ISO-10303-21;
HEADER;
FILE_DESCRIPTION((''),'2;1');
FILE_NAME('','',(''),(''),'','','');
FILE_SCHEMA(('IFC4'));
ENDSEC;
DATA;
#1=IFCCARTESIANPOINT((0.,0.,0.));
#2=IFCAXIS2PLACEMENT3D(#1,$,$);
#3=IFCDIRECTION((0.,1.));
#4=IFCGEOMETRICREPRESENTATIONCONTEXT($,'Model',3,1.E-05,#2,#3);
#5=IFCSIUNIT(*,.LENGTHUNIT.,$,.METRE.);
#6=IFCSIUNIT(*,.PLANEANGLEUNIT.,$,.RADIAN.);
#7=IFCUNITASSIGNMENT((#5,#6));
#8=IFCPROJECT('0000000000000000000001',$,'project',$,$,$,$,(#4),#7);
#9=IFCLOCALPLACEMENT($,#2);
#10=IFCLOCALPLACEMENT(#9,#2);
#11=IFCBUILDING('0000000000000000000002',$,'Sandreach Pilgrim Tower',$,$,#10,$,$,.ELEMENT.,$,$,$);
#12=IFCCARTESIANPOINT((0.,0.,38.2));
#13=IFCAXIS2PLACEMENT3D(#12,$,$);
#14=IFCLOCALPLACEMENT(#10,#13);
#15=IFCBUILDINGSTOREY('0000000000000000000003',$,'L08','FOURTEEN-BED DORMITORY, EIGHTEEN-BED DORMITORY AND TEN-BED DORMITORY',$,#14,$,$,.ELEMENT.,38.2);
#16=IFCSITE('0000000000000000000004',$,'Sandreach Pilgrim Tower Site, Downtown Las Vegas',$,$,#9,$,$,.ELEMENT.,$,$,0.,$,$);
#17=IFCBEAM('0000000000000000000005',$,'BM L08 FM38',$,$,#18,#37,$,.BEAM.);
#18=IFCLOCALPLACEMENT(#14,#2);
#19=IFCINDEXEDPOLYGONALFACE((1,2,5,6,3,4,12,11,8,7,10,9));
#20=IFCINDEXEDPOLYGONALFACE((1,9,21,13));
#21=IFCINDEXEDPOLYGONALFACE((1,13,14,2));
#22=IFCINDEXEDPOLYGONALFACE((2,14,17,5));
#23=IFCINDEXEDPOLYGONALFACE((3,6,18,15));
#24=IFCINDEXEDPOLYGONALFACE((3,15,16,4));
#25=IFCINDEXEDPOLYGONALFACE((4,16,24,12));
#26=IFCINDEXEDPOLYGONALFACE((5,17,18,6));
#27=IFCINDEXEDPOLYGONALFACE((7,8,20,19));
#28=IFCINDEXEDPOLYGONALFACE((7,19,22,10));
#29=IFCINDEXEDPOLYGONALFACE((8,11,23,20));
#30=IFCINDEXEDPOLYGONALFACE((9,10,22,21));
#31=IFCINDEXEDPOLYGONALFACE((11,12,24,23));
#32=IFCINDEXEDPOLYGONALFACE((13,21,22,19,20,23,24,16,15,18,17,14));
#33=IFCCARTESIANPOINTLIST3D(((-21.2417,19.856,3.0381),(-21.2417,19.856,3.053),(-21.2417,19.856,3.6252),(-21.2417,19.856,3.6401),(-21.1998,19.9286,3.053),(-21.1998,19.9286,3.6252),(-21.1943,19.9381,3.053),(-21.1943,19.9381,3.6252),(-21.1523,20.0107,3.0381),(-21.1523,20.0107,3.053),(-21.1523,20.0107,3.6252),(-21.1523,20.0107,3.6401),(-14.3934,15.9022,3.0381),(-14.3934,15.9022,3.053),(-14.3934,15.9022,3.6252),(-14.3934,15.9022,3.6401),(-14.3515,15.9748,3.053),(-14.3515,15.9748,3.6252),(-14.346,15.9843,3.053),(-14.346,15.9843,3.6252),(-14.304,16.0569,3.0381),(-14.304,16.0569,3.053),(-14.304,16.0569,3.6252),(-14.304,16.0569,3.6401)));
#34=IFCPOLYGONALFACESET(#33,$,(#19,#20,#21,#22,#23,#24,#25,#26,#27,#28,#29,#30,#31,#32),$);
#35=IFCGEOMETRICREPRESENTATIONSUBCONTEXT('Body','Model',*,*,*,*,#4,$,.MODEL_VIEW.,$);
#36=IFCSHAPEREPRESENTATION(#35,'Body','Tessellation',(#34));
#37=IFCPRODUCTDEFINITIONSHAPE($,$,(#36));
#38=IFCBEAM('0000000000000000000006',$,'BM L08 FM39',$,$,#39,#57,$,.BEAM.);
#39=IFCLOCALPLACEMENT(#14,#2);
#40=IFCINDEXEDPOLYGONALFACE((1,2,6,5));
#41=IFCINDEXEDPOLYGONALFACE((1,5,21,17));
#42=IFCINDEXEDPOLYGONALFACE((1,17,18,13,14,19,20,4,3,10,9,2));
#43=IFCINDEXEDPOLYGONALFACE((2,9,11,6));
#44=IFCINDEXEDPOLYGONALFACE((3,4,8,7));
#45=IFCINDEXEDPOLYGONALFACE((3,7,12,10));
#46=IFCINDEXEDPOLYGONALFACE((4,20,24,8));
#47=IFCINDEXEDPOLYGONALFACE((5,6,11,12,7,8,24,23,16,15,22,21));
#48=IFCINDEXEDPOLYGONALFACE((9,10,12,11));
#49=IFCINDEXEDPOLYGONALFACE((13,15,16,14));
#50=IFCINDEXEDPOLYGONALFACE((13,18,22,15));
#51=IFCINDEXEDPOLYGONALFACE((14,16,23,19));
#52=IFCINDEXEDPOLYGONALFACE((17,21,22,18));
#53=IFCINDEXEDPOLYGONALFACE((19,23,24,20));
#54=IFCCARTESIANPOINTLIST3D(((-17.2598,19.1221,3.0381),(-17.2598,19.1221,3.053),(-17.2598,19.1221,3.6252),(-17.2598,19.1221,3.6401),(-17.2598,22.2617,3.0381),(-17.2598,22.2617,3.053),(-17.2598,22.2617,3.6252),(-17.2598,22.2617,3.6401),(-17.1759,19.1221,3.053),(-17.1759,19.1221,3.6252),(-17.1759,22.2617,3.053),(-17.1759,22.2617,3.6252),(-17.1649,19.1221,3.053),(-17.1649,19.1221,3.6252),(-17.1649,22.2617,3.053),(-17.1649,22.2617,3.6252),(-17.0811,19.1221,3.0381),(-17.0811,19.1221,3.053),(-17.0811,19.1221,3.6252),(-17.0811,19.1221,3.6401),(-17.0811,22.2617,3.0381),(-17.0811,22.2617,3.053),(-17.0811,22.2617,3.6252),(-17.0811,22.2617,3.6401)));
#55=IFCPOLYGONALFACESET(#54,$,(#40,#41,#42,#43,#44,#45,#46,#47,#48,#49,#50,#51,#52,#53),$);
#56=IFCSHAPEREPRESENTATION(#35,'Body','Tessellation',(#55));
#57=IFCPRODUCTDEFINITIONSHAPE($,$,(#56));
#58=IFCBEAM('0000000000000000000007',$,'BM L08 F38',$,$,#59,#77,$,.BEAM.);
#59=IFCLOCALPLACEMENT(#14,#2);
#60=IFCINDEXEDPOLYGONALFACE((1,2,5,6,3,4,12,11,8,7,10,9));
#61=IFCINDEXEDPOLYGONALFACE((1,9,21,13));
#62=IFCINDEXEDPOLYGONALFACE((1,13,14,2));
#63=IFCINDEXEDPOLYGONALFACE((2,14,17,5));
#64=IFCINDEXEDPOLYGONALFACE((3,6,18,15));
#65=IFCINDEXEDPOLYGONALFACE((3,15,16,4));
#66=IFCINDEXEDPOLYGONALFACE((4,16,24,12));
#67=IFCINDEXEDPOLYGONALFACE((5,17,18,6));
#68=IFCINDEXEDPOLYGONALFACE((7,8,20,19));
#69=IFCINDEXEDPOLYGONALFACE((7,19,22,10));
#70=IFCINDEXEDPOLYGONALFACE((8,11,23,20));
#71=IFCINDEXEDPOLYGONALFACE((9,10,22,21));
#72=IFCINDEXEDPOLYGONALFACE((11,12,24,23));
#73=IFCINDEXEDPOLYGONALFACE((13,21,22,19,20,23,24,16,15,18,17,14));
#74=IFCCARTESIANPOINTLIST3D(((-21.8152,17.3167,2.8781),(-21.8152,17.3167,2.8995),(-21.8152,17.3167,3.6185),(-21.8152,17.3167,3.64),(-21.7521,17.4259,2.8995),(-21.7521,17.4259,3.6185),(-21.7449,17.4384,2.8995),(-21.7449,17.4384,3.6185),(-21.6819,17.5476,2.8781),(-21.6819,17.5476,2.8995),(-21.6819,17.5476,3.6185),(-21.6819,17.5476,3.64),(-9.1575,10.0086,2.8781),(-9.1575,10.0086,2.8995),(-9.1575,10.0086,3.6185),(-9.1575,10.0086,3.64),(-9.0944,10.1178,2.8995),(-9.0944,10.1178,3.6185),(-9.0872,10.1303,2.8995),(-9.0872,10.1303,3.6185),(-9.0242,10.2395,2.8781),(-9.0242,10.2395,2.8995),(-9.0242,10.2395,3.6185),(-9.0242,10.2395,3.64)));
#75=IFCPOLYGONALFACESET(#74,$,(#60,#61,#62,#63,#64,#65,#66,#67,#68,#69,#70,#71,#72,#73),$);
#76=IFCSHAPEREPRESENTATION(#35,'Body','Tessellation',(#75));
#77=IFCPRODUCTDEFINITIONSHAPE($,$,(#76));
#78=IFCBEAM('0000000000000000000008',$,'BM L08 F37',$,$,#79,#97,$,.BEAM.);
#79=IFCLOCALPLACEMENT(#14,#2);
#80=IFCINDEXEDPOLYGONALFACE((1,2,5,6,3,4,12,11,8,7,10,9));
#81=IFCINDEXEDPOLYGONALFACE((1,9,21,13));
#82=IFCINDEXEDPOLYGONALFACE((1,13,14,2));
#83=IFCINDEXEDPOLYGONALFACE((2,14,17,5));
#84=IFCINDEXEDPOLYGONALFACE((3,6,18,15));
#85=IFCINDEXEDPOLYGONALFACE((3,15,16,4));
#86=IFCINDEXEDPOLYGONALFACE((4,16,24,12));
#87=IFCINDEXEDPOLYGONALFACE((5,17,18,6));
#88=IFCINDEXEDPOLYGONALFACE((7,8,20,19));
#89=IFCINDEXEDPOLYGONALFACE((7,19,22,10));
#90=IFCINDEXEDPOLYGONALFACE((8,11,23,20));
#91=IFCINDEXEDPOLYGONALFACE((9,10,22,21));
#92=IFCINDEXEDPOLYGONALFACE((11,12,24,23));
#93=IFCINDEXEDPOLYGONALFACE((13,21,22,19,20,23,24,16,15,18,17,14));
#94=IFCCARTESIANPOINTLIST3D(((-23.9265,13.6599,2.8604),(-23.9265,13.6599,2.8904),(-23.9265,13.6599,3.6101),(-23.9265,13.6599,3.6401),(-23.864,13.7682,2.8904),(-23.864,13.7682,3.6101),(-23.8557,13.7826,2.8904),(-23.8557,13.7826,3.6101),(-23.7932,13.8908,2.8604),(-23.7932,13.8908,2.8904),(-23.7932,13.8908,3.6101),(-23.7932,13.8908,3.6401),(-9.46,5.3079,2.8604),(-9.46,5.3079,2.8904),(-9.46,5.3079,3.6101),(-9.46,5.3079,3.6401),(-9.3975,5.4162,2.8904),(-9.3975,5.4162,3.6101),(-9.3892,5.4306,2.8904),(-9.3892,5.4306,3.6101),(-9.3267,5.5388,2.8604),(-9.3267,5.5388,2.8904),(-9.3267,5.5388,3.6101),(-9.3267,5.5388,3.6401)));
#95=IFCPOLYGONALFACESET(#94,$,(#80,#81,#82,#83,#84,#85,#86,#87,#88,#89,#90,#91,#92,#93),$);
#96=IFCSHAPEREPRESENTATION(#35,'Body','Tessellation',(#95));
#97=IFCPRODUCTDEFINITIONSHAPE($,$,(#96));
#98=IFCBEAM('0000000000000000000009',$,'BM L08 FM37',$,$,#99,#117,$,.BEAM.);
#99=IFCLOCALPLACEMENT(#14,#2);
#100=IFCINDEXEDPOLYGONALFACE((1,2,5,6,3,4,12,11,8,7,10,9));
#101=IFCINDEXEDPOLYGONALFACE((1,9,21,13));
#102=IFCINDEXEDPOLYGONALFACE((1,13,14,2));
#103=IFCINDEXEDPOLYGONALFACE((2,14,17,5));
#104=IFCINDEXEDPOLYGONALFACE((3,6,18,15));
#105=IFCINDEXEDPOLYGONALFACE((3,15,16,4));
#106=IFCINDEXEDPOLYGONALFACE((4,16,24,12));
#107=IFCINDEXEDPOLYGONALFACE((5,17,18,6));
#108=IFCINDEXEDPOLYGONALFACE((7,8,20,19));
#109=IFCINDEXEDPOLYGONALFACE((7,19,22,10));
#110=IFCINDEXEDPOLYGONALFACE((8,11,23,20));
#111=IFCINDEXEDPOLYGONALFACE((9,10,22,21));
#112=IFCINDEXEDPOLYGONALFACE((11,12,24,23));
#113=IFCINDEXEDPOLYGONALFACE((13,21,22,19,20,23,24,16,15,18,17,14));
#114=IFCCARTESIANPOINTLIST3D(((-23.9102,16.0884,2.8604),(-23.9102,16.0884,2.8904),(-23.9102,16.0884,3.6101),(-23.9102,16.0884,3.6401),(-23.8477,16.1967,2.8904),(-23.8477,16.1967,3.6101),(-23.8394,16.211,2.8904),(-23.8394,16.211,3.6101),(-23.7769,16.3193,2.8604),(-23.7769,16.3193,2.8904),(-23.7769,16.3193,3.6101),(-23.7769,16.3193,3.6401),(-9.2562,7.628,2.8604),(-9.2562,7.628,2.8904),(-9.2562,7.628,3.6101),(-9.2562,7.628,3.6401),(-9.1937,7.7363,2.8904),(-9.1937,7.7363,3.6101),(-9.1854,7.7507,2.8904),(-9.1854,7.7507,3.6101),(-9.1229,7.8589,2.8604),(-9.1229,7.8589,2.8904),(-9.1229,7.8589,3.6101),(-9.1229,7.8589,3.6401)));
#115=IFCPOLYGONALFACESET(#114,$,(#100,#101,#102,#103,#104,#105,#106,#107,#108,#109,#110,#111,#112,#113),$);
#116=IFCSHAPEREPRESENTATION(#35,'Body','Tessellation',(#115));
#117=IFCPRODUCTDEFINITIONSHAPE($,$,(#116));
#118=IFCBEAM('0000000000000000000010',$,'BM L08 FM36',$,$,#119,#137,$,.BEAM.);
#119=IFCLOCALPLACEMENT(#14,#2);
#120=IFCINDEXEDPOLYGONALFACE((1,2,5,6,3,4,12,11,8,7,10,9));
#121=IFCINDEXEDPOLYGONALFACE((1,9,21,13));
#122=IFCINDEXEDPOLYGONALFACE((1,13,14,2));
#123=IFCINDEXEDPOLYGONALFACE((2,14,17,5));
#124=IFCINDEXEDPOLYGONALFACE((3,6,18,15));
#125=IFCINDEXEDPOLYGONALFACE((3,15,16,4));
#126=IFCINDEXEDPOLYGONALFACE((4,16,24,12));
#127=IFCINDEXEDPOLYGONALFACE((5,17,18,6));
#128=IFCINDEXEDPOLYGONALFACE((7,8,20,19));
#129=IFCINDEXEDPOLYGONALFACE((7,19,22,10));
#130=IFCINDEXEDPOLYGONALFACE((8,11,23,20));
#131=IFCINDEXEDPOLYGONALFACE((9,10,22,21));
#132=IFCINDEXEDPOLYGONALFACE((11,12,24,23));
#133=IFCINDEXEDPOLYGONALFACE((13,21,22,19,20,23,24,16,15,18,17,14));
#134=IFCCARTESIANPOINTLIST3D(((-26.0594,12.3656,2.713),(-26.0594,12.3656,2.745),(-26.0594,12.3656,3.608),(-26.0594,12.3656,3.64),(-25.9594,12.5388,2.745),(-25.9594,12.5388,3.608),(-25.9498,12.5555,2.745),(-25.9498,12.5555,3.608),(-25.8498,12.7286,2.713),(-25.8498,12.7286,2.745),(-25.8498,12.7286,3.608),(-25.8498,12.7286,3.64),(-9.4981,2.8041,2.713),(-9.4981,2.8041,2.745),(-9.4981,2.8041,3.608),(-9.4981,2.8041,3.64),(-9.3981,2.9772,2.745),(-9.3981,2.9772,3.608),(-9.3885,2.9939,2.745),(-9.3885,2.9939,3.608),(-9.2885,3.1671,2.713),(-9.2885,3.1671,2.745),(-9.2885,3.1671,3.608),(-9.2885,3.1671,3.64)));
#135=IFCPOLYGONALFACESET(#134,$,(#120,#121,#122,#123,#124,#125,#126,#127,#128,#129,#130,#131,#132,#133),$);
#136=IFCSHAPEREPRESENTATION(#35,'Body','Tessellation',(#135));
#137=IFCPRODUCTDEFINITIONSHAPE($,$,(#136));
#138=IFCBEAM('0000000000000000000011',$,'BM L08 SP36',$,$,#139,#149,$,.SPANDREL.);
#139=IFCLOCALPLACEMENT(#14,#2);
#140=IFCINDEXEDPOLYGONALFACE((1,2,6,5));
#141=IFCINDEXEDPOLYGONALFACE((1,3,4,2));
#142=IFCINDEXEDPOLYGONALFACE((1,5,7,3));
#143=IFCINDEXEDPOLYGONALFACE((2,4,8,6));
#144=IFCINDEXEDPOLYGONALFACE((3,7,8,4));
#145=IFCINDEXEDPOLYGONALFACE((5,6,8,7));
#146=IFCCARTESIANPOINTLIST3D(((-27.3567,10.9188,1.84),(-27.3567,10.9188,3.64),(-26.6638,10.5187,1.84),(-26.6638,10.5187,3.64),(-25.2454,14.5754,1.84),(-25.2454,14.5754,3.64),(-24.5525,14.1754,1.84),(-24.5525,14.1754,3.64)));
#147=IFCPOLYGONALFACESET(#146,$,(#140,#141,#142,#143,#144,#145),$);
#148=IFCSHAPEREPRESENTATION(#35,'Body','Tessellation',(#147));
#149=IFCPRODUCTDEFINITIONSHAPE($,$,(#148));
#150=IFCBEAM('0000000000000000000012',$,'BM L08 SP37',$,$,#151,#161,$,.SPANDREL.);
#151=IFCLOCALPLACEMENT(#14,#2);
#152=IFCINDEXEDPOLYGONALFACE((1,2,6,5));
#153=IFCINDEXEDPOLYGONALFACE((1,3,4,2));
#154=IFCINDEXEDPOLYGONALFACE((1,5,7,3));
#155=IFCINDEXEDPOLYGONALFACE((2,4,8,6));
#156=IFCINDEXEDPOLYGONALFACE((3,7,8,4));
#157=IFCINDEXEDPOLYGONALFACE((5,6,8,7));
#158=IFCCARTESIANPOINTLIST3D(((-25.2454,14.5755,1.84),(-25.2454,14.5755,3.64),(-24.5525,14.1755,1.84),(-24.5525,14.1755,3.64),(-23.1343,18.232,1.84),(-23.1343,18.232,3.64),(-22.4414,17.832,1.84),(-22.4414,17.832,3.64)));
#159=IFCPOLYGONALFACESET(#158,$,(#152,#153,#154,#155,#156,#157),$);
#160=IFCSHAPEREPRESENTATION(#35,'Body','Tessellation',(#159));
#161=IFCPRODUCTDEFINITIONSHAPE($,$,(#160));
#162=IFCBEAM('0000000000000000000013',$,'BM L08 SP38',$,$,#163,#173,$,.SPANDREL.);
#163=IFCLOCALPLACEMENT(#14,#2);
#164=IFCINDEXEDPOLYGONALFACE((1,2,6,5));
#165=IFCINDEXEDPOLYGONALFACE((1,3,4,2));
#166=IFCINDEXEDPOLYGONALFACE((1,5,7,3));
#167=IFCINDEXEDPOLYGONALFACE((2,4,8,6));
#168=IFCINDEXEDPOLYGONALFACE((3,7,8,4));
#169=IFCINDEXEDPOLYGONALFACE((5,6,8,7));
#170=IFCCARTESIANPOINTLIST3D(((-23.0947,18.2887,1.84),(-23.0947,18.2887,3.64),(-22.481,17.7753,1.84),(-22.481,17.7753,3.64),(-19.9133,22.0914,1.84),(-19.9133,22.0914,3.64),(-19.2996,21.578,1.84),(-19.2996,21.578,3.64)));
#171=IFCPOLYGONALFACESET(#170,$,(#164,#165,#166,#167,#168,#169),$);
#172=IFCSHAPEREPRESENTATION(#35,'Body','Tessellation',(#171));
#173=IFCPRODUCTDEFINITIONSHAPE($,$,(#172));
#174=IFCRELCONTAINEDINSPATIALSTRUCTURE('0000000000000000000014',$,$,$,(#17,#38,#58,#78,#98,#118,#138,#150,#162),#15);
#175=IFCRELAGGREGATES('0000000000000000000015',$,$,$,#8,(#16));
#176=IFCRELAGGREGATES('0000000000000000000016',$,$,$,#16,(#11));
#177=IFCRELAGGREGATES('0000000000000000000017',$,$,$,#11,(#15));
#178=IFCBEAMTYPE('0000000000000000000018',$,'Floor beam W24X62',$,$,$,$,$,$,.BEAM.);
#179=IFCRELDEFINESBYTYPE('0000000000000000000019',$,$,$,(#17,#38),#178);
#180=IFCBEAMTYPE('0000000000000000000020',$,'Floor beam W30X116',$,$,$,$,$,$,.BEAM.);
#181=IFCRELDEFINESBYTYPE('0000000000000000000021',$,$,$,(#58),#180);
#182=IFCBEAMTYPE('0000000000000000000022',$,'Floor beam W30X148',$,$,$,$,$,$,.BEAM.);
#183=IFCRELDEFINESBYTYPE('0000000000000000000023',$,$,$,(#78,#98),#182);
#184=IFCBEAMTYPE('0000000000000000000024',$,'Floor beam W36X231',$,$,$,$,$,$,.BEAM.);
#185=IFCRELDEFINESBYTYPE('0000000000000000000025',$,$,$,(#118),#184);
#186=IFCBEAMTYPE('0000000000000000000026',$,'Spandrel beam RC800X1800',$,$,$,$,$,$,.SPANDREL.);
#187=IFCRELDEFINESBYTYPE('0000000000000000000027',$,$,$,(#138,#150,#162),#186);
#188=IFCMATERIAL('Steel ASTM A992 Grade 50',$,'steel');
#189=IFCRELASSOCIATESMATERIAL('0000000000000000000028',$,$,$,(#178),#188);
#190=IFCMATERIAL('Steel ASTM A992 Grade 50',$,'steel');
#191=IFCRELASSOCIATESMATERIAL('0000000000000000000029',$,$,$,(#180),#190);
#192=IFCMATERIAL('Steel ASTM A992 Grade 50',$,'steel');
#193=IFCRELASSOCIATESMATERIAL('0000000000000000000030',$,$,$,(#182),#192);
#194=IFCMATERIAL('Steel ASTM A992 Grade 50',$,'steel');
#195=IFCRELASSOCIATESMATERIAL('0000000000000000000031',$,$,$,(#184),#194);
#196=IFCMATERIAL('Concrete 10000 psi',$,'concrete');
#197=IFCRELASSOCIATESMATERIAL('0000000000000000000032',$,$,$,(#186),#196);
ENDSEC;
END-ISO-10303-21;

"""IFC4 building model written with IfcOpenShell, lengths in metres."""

from ifc_helpers import new_model, si_unit, direction, frame, origin, origin_2d, place, context, subcontext, project, spatial, rectangle, i_section, extrude, material, material_profile, profile_set, type_object, element, save


model = new_model("IFC4")

# Units and contexts
model_context = context("Model", 3, precision=1e-05, world=origin(), true_north=direction((0.0, 1.0)))
body_context = subcontext(model_context, "Body", "Model", "MODEL_VIEW")
ifc_project = project(units=[si_unit("LENGTHUNIT", "METRE"), si_unit("PLANEANGLEUNIT", "RADIAN")], contexts=[model_context])

# Site, building, storey
site_placement = place(None, origin())
site = spatial("IfcSite", under=ifc_project, at=site_placement, Name="Sandreach Pilgrim Tower Site, Downtown Las Vegas", CompositionType="ELEMENT", RefElevation=0.0)
building_placement = place(site_placement, origin())
building = spatial("IfcBuilding", under=site, at=building_placement, Name="Sandreach Pilgrim Tower", CompositionType="ELEMENT")
storey_placement = place(building_placement, frame((0.0, 0.0, 38.2)))
storey = spatial("IfcBuildingStorey", under=building, at=storey_placement, Name="L08", Description="FOURTEEN-BED DORMITORY, EIGHTEEN-BED DORMITORY AND TEN-BED DORMITORY", CompositionType="ELEMENT", Elevation=38.2)

# Beams
ifc_material_1 = material(Name="Steel ASTM A992 Grade 50", Category="steel")
ifc_material_profile_1 = material_profile(ifc_material_1, i_section(OverallWidth=0.1787, OverallDepth=0.6021, WebThickness=0.011, FlangeThickness=0.0149, at=origin_2d()), Name="W24X62")
ifc_profile_set_1 = profile_set([ifc_material_profile_1], Name="Steel ASTM A992 Grade 50")
beam_type_1 = type_object("IfcBeamType", Name="Floor beam W24X62", PredefinedType="BEAM", material=ifc_profile_set_1)
beam_1_placement = place(storey_placement, frame((-21.197, 19.9333, 3.3391), z_axis=(0.866029, -0.499994, 0.0), x_axis=(0.499994, 0.866029, 0.0)))
element("IfcBeam", 1, at=beam_1_placement, inside=storey, type_object=beam_type_1, Name="BM L08 FM38", PredefinedType="BEAM", context=body_context, shape_type="SweptSolid", body=[
    extrude(i_section(OverallWidth=0.1787, OverallDepth=0.6021, WebThickness=0.011, FlangeThickness=0.0149, at=origin_2d()), origin(), (0.0, 0.0, 1.0), 7.9077),
])
beam_2_placement = place(storey_placement, frame((-17.1704, 22.2617, 3.3391), z_axis=(0.0, -1.0, 0.0), x_axis=(1.0, 0.0, 0.0)))
element("IfcBeam", 2, at=beam_2_placement, inside=storey, type_object=beam_type_1, Name="BM L08 FM39", PredefinedType="BEAM", context=body_context, shape_type="SweptSolid", body=[
    extrude(i_section(OverallWidth=0.1787, OverallDepth=0.6021, WebThickness=0.011, FlangeThickness=0.0149, at=origin_2d()), origin(), (0.0, 0.0, 1.0), 3.1396),
])
ifc_material_2 = material(Name="Steel ASTM A992 Grade 50", Category="steel")
ifc_material_profile_2 = material_profile(ifc_material_2, i_section(OverallWidth=0.2666, OverallDepth=0.762, WebThickness=0.0144, FlangeThickness=0.0215, at=origin_2d()), Name="W30X116")
ifc_profile_set_2 = profile_set([ifc_material_profile_2], Name="Steel ASTM A992 Grade 50")
beam_type_2 = type_object("IfcBeamType", Name="Floor beam W30X116", PredefinedType="BEAM", material=ifc_profile_set_2)
beam_3_placement = place(storey_placement, frame((-21.7485, 17.4321, 3.259), z_axis=(0.86602, -0.500009, 0.0), x_axis=(0.500009, 0.86602, 0.0)))
element("IfcBeam", 3, at=beam_3_placement, inside=storey, type_object=beam_type_2, Name="BM L08 F38", PredefinedType="BEAM", context=body_context, shape_type="SweptSolid", body=[
    extrude(i_section(OverallWidth=0.2666, OverallDepth=0.762, WebThickness=0.0144, FlangeThickness=0.0215, at=origin_2d()), origin(), (0.0, 0.0, 1.0), 14.616),
])
ifc_material_3 = material(Name="Steel ASTM A992 Grade 50", Category="steel")
ifc_material_profile_3 = material_profile(ifc_material_3, i_section(OverallWidth=0.2666, OverallDepth=0.7798, WebThickness=0.0166, FlangeThickness=0.03, at=origin_2d()), Name="W30X148")
ifc_profile_set_3 = profile_set([ifc_material_profile_3], Name="Steel ASTM A992 Grade 50")
beam_type_3 = type_object("IfcBeamType", Name="Floor beam W30X148", PredefinedType="BEAM", material=ifc_profile_set_3)
beam_4_placement = place(storey_placement, frame((-23.8599, 13.7754, 3.2502), z_axis=(0.866031, -0.49999, 0.0), x_axis=(0.49999, 0.866031, 0.0)))
element("IfcBeam", 4, at=beam_4_placement, inside=storey, type_object=beam_type_3, Name="BM L08 F37", PredefinedType="BEAM", context=body_context, shape_type="SweptSolid", body=[
    extrude(i_section(OverallWidth=0.2666, OverallDepth=0.7798, WebThickness=0.0166, FlangeThickness=0.03, at=origin_2d()), origin(), (0.0, 0.0, 1.0), 16.7043),
])
beam_5_placement = place(storey_placement, frame((-23.8435, 16.2039, 3.2502), z_axis=(0.866027, -0.499997, 0.0), x_axis=(0.499997, 0.866027, 0.0)))
element("IfcBeam", 5, at=beam_5_placement, inside=storey, type_object=beam_type_3, Name="BM L08 FM37", PredefinedType="BEAM", context=body_context, shape_type="SweptSolid", body=[
    extrude(i_section(OverallWidth=0.2666, OverallDepth=0.7798, WebThickness=0.0166, FlangeThickness=0.03, at=origin_2d()), origin(), (0.0, 0.0, 1.0), 16.9209),
])
ifc_material_4 = material(Name="Steel ASTM A992 Grade 50", Category="steel")
ifc_material_profile_4 = material_profile(ifc_material_4, i_section(OverallWidth=0.4192, OverallDepth=0.927, WebThickness=0.0193, FlangeThickness=0.032, at=origin_2d()), Name="W36X231")
ifc_profile_set_4 = profile_set([ifc_material_profile_4], Name="Steel ASTM A992 Grade 50")
beam_type_4 = type_object("IfcBeamType", Name="Floor beam W36X231", PredefinedType="BEAM", material=ifc_profile_set_4)
beam_6_placement = place(storey_placement, frame((-25.9546, 12.5471, 3.1765), z_axis=(0.866028, -0.499995, 0.0), x_axis=(0.499995, 0.866028, 0.0)))
element("IfcBeam", 6, at=beam_6_placement, inside=storey, type_object=beam_type_4, Name="BM L08 FM36", PredefinedType="BEAM", context=body_context, shape_type="SweptSolid", body=[
    extrude(i_section(OverallWidth=0.4192, OverallDepth=0.927, WebThickness=0.0193, FlangeThickness=0.032, at=origin_2d()), origin(), (0.0, 0.0, 1.0), 19.1233),
])
ifc_material_5 = material(Name="Concrete 10000 psi", Category="concrete")
ifc_material_profile_5 = material_profile(ifc_material_5, rectangle(XDim=0.8, YDim=1.8, at=origin_2d()), Name="RC800X1800")
ifc_profile_set_5 = profile_set([ifc_material_profile_5], Name="Concrete 10000 psi")
beam_type_5 = type_object("IfcBeamType", Name="Spandrel beam RC800X1800", PredefinedType="SPANDREL", material=ifc_profile_set_5)
beam_7_placement = place(storey_placement, frame((-27.0103, 10.7188, 2.74), z_axis=(0.500019, 0.866014, 0.0), x_axis=(-0.866014, 0.500019, 0.0)))
element("IfcBeam", 7, at=beam_7_placement, inside=storey, type_object=beam_type_5, Name="BM L08 SP36", PredefinedType="SPANDREL", context=body_context, shape_type="SweptSolid", body=[
    extrude(rectangle(XDim=0.8, YDim=1.8, at=origin_2d()), origin(), (0.0, 0.0, 1.0), 4.2224),
])
beam_8_placement = place(storey_placement, frame((-24.8989, 14.3755, 2.74), z_axis=(0.500001, 0.866025, 0.0), x_axis=(-0.866025, 0.500001, 0.0)))
element("IfcBeam", 8, at=beam_8_placement, inside=storey, type_object=beam_type_5, Name="BM L08 SP37", PredefinedType="SPANDREL", context=body_context, shape_type="SweptSolid", body=[
    extrude(rectangle(XDim=0.8, YDim=1.8, at=origin_2d()), origin(), (0.0, 0.0, 1.0), 4.2222),
])
beam_9_placement = place(storey_placement, frame((-22.7878, 18.032, 2.74), z_axis=(0.641665, 0.766985, 0.0), x_axis=(-0.766985, 0.641665, 0.0)))
element("IfcBeam", 9, at=beam_9_placement, inside=storey, type_object=beam_type_5, Name="BM L08 SP38", PredefinedType="SPANDREL", context=body_context, shape_type="SweptSolid", body=[
    extrude(rectangle(XDim=0.8, YDim=1.8, at=origin_2d()), origin(), (0.0, 0.0, 1.0), 4.958),
])

save(model, "model.ifc")
